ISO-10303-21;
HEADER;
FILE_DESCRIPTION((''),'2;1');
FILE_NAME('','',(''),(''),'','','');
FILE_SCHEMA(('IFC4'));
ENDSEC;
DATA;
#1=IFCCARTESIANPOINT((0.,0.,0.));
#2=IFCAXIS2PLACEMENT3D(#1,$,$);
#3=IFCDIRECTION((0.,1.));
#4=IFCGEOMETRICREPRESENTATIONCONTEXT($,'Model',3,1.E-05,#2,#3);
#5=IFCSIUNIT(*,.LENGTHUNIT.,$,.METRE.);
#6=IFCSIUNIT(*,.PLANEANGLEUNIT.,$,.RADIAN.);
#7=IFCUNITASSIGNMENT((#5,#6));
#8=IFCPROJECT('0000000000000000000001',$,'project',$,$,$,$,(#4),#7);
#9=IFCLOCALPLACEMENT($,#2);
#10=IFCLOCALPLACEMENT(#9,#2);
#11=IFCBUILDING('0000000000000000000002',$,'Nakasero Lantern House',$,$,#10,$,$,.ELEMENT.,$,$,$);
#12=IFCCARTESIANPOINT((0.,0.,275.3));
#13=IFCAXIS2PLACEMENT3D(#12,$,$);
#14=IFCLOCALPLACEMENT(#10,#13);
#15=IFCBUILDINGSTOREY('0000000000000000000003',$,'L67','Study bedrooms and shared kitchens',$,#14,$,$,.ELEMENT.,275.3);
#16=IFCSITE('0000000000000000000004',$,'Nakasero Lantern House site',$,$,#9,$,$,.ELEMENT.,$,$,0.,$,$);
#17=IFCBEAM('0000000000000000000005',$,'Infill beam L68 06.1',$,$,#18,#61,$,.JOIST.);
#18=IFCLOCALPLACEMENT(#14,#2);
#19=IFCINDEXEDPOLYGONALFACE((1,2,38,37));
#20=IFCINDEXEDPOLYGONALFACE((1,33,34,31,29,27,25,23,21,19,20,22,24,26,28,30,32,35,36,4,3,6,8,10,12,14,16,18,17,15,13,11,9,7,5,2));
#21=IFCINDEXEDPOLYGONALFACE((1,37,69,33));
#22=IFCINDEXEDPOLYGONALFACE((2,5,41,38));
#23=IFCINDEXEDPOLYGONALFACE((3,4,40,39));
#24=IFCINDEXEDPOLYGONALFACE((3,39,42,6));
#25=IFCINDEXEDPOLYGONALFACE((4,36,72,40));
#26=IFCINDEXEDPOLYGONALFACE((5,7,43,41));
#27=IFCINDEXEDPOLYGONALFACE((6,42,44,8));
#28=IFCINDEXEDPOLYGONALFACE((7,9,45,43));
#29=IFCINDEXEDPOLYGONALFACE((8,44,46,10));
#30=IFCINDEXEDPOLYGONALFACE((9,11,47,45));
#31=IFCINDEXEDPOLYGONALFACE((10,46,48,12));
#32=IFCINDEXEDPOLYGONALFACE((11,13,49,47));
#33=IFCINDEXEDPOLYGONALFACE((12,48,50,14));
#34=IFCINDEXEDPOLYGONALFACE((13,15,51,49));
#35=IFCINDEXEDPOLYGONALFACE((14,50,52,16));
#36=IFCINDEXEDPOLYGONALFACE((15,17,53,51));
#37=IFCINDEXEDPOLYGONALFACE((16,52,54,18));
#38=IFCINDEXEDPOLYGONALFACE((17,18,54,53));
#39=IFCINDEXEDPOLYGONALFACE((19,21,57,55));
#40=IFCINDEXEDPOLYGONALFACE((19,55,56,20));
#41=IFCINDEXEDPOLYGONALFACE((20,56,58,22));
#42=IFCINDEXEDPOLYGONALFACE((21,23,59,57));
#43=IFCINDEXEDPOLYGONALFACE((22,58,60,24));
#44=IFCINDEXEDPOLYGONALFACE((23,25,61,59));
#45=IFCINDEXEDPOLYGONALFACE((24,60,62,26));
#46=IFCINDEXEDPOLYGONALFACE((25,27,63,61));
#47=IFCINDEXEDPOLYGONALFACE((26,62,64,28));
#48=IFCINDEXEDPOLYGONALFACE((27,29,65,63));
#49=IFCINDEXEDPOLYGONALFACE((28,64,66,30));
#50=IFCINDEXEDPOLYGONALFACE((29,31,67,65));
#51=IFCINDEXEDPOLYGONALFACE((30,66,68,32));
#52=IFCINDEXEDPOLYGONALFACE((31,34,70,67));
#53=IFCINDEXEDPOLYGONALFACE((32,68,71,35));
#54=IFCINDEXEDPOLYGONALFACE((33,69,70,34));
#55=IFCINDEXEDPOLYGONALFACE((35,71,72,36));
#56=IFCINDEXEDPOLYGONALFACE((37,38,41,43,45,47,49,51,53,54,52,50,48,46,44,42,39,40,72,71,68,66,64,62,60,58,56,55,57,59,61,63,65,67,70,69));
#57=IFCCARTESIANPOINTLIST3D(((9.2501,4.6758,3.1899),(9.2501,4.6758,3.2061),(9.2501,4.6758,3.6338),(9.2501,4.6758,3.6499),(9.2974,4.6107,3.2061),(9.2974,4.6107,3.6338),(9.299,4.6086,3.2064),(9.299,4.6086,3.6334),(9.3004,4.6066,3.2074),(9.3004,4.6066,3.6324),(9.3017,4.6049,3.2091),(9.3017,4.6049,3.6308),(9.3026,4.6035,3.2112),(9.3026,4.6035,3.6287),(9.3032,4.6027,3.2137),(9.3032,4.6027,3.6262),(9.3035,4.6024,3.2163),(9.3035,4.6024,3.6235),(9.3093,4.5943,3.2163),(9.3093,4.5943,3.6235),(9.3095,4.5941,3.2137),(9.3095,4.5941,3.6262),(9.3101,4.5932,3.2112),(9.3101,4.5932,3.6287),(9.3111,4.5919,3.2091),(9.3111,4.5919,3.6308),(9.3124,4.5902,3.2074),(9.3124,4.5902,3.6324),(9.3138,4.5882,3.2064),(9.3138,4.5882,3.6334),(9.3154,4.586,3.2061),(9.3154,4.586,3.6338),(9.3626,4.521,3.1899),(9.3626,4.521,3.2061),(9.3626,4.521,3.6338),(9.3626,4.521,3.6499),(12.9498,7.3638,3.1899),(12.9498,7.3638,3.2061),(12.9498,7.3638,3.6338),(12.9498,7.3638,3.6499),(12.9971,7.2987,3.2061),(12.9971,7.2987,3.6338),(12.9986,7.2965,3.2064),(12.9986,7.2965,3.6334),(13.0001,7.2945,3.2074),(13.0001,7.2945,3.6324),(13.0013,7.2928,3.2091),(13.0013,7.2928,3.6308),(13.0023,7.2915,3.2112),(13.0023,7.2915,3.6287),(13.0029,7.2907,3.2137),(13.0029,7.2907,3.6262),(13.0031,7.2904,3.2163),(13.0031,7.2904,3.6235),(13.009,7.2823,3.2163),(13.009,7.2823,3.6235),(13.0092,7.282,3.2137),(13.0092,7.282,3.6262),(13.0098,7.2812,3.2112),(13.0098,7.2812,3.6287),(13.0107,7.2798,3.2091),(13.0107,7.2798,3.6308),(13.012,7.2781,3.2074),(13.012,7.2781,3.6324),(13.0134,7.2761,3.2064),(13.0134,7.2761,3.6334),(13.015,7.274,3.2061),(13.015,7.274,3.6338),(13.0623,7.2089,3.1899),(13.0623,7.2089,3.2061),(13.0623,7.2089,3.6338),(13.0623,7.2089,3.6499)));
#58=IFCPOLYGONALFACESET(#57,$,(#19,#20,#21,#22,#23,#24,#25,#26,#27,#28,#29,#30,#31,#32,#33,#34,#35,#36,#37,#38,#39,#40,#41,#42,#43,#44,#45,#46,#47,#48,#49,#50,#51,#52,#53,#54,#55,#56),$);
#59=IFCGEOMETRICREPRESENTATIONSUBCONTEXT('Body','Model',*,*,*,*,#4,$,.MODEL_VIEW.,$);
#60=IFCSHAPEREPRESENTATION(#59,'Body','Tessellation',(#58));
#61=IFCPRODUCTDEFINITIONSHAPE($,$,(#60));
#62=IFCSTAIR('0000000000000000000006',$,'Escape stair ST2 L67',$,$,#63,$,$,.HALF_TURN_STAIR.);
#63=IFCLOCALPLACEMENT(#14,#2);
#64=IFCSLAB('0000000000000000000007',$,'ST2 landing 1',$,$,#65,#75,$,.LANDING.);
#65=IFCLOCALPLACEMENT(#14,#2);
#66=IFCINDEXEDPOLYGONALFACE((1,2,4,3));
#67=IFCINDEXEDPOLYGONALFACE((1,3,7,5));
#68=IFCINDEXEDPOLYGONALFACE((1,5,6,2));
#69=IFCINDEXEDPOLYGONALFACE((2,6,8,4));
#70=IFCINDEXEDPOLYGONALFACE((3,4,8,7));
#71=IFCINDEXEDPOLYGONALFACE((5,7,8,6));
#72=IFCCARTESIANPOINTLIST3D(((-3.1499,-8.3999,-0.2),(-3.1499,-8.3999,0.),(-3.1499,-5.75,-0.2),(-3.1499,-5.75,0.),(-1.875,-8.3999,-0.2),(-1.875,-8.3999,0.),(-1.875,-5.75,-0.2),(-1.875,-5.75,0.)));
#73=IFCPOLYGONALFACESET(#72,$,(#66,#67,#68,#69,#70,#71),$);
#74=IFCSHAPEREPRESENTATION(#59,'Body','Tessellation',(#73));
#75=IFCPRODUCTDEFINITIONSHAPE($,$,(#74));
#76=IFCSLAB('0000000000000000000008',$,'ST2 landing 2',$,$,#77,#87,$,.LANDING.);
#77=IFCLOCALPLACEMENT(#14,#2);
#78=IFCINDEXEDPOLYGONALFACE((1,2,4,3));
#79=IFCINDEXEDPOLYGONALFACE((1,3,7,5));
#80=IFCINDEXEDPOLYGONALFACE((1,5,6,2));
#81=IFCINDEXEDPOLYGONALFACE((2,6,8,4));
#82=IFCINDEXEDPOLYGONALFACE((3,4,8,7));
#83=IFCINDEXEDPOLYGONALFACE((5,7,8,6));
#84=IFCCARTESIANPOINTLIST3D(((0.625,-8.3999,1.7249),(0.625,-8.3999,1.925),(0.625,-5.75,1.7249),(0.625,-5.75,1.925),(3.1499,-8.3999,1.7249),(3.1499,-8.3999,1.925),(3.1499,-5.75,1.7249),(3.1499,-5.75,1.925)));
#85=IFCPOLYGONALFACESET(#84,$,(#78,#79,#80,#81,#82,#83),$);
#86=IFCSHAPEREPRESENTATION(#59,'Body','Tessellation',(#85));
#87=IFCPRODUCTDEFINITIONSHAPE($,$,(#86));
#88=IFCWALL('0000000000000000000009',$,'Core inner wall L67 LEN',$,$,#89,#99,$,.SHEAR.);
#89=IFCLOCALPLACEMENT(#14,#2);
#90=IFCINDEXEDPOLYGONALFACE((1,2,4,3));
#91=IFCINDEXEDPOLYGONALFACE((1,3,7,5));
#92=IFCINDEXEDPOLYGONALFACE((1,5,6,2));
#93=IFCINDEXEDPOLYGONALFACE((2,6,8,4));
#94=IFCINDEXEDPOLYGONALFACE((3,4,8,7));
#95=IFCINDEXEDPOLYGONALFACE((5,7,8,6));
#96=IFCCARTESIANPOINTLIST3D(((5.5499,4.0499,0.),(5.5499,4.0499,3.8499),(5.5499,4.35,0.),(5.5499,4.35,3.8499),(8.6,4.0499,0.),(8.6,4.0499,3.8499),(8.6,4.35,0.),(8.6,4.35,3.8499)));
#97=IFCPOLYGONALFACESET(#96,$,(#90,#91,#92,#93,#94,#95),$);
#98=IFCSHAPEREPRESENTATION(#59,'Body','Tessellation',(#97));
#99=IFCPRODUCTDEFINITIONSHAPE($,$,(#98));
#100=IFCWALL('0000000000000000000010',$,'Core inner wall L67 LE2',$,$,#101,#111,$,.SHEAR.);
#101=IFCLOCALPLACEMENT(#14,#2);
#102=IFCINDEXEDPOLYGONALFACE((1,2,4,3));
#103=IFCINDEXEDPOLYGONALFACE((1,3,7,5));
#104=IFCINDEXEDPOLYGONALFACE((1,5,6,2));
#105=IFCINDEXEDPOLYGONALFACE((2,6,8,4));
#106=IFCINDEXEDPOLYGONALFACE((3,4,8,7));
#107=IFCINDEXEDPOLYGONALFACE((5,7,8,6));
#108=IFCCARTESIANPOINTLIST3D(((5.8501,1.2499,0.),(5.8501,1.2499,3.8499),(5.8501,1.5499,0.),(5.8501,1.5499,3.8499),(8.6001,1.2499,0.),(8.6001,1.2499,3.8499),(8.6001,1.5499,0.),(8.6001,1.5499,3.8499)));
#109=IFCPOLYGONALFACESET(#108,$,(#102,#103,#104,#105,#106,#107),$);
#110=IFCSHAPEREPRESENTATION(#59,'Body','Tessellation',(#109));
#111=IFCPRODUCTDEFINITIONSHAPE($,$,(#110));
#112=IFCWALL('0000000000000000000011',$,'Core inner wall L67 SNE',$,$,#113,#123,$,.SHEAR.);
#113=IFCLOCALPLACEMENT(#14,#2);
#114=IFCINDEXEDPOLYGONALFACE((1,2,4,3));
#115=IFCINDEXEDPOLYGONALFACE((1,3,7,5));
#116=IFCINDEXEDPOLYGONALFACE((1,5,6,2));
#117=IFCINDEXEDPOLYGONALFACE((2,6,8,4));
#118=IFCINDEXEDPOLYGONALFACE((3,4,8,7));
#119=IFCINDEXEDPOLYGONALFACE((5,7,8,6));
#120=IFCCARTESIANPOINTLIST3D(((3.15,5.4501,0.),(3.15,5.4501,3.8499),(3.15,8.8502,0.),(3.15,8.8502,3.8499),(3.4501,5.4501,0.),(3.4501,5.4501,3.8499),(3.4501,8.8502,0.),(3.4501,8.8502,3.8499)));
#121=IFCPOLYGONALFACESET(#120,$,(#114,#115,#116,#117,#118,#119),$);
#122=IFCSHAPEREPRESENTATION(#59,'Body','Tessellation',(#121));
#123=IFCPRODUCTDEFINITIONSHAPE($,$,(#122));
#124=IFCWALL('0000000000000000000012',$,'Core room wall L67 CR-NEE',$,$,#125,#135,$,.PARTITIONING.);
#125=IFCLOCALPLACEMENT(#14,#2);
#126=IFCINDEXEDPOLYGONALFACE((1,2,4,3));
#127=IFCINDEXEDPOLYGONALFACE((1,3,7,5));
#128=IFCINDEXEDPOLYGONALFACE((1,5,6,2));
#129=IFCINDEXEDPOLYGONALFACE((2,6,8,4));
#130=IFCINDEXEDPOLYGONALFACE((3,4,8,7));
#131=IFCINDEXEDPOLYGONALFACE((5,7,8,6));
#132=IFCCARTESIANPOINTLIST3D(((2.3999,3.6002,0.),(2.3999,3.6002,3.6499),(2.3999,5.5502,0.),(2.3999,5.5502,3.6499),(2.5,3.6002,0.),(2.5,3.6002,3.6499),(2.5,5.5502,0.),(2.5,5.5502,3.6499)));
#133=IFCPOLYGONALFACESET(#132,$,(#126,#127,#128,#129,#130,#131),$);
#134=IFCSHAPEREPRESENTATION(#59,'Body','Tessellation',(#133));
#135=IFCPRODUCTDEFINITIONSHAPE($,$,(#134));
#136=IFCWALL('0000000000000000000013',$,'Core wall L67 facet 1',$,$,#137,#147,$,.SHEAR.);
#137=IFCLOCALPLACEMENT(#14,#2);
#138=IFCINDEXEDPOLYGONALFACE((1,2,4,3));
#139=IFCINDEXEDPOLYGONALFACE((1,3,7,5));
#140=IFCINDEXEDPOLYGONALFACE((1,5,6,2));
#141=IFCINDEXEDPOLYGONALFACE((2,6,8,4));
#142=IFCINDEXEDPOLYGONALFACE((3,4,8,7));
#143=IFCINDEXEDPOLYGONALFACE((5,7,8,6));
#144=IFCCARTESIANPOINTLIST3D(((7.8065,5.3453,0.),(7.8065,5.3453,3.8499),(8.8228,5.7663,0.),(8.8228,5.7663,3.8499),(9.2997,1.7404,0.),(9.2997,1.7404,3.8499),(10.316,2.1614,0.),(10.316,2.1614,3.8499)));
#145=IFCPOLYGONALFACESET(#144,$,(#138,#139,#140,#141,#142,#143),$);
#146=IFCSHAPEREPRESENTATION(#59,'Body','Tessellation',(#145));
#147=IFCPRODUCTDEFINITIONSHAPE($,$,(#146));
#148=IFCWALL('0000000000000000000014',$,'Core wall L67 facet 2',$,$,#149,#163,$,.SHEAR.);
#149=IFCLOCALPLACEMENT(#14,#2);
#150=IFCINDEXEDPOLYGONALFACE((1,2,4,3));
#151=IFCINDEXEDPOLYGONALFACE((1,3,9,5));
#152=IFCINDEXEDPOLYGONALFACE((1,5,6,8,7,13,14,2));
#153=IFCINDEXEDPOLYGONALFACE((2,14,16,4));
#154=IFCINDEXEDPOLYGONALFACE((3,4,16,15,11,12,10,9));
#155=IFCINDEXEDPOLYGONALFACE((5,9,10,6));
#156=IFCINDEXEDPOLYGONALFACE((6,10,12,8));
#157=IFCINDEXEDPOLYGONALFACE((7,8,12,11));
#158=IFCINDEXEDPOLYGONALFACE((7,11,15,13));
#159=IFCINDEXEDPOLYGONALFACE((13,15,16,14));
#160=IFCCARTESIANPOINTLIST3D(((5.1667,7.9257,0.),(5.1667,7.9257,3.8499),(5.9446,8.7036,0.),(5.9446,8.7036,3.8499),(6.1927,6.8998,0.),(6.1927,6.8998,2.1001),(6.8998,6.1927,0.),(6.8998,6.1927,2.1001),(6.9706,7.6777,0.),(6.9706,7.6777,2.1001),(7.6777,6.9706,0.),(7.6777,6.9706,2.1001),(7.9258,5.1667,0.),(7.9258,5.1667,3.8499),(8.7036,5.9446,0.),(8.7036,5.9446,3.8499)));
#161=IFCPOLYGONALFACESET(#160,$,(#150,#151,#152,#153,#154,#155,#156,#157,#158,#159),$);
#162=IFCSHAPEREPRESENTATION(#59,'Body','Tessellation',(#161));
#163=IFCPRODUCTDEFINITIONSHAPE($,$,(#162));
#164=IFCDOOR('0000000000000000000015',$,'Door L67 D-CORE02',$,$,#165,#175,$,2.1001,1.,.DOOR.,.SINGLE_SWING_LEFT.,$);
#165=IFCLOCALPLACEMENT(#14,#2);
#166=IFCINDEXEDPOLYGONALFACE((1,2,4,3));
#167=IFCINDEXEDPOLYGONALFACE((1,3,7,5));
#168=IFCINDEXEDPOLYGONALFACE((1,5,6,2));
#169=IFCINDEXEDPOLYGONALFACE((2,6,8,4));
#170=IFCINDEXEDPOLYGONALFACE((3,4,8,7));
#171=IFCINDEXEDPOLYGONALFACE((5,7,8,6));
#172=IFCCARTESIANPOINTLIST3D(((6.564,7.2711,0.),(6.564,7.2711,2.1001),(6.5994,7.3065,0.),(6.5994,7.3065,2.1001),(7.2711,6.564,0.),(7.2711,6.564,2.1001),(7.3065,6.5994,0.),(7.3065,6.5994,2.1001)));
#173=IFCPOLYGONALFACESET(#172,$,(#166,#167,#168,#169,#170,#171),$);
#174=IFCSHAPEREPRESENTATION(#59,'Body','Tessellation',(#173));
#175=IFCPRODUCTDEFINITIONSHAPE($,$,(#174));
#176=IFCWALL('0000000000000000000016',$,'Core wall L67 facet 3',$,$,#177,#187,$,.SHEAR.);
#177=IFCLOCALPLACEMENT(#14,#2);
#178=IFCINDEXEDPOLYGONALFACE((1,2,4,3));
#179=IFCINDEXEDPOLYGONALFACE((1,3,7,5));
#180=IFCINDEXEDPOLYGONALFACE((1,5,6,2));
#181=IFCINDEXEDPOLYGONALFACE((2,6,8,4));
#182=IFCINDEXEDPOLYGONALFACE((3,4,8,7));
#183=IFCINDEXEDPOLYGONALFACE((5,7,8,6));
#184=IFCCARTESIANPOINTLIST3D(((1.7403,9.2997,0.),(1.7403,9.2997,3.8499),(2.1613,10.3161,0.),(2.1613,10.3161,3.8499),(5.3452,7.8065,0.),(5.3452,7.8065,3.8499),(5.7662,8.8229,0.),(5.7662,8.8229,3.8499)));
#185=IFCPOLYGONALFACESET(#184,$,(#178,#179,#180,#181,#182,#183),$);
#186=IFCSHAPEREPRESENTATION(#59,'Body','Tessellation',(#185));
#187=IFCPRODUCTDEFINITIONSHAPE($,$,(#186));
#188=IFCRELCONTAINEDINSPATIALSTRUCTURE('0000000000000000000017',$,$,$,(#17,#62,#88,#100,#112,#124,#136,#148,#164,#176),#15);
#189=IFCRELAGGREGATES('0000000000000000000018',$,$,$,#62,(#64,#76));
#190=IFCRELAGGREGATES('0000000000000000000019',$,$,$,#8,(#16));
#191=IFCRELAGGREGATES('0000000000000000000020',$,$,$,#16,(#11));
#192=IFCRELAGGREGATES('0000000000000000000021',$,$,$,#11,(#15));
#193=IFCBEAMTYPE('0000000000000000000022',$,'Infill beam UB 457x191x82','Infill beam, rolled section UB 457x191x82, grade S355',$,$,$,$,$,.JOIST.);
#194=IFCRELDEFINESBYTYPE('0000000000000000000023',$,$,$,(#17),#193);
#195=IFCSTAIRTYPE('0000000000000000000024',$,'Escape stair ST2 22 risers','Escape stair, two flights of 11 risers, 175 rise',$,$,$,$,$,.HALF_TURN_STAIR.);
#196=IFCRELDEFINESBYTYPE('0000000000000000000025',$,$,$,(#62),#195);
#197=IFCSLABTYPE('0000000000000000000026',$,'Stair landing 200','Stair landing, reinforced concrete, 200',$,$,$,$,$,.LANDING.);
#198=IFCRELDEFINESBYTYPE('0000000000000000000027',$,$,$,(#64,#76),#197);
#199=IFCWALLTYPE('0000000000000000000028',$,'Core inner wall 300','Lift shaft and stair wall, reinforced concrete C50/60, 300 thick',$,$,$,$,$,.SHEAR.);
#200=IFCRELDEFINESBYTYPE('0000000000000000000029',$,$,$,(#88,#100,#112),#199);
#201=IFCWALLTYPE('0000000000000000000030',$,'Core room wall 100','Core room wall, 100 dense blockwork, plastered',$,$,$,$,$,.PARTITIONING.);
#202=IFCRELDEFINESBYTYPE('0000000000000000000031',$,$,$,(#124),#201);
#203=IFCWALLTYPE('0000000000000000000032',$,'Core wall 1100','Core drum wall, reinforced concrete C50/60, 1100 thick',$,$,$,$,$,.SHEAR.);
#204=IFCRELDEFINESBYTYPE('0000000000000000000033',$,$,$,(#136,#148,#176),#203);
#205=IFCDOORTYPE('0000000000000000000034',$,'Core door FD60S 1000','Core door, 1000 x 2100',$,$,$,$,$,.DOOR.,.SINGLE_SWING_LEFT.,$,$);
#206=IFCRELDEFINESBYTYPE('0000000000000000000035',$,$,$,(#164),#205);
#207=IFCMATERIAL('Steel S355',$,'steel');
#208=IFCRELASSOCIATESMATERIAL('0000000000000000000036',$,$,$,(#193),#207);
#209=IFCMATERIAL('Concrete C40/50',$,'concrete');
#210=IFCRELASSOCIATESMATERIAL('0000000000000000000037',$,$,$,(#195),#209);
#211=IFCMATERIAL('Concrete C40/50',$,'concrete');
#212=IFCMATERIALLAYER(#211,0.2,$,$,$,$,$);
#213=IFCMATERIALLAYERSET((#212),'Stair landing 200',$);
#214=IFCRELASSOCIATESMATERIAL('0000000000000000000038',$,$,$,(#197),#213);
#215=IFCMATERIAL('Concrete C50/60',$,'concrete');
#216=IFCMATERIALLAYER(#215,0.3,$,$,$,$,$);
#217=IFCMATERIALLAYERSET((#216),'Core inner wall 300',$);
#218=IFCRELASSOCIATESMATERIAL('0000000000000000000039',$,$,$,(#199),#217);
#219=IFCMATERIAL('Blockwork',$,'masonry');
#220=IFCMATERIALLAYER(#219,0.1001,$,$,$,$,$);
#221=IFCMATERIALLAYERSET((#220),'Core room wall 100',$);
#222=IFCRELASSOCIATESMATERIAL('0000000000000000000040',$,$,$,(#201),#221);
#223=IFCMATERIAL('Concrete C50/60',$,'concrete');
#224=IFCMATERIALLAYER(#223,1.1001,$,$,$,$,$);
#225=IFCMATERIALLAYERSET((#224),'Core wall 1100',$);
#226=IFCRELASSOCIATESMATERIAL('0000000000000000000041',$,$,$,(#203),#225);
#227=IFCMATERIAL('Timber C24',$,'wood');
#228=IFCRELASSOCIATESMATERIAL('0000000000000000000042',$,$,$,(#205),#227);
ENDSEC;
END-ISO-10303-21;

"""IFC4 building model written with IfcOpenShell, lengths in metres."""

from ifc_helpers import new_model, si_unit, direction, frame, frame_2d, origin, origin_2d, place, context, subcontext, project, spatial, polyline, rectangle, i_section, outline, extrude, material, layer, layer_set, material_profile, profile_set, type_object, element, fill, aggregate, save


model = new_model("IFC4")

# Units and contexts
model_context = context("Model", 3, precision=1e-05, world=origin(), true_north=direction((0.0, 1.0)))
body_context = subcontext(model_context, "Body", "Model", "MODEL_VIEW")
ifc_project = project(units=[si_unit("LENGTHUNIT", "METRE"), si_unit("PLANEANGLEUNIT", "RADIAN")], contexts=[model_context])

# Site, building, storey
site_placement = place(None, origin())
site = spatial("IfcSite", under=ifc_project, at=site_placement, Name="Nakasero Lantern House site", CompositionType="ELEMENT", RefElevation=0.0)
building_placement = place(site_placement, origin())
building = spatial("IfcBuilding", under=site, at=building_placement, Name="Nakasero Lantern House", CompositionType="ELEMENT")
storey_placement = place(building_placement, frame((0.0, 0.0, 275.3)))
storey = spatial("IfcBuildingStorey", under=building, at=storey_placement, Name="L67", Description="Study bedrooms and shared kitchens", CompositionType="ELEMENT", Elevation=275.3)

# Beam
ifc_material_1 = material(Name="Steel S355", Category="steel")
ifc_material_profile = material_profile(ifc_material_1, i_section(OverallWidth=0.1914, OverallDepth=0.46, WebThickness=0.01, FlangeThickness=0.0161, FilletRadius=0.0103, at=origin_2d()), Name="UB 457x191x82")
ifc_profile_set = profile_set([ifc_material_profile], Name="Steel S355")
beam_type = type_object("IfcBeamType", Name="Infill beam UB 457x191x82", Description="Infill beam, rolled section UB 457x191x82, grade S355", PredefinedType="JOIST", material=ifc_profile_set)
beam_placement = place(storey_placement, frame((9.3064, 4.5984, 3.4199), z_axis=(0.809018, 0.587784, 0.0), x_axis=(-0.587784, 0.809018, 0.0)))
element("IfcBeam", 1, at=beam_placement, inside=storey, type_object=beam_type, Name="Infill beam L68 06.1", PredefinedType="JOIST", context=body_context, shape_type="SweptSolid", body=[
    extrude(i_section(OverallWidth=0.1914, OverallDepth=0.46, WebThickness=0.01, FlangeThickness=0.0161, FilletRadius=0.0103, at=origin_2d()), origin(), (0.0, 0.0, 1.0), 4.573),
])

# Stair, slabs
ifc_material_2 = material(Name="Concrete C40/50", Category="concrete")
stair_type_1 = type_object("IfcStairType", Name="Escape stair ST2 22 risers", Description="Escape stair, two flights of 11 risers, 175 rise", PredefinedType="HALF_TURN_STAIR", material=ifc_material_2)
stair_1_placement = place(storey_placement, origin())
stair_1 = element("IfcStair", 2, at=stair_1_placement, inside=storey, type_object=stair_type_1, Name="Escape stair ST2 L67", PredefinedType="HALF_TURN_STAIR")
ifc_material_3 = material(Name="Concrete C40/50", Category="concrete")
ifc_layer_1 = layer(ifc_material_3, 0.2)
ifc_layer_set_1 = layer_set([ifc_layer_1], Name="Stair landing 200")
slab_type = type_object("IfcSlabType", Name="Stair landing 200", Description="Stair landing, reinforced concrete, 200", PredefinedType="LANDING", material=ifc_layer_set_1)
slab_1_placement = place(storey_placement, frame((0.0, 0.0, -0.2)))
slab_1 = element("IfcSlab", 3, at=slab_1_placement, type_object=slab_type, Name="ST2 landing 1", PredefinedType="LANDING", context=body_context, shape_type="SweptSolid", body=[
    extrude(outline(polyline([(-3.1499, -8.3999), (-1.875, -8.3999), (-1.875, -5.75), (-3.1499, -5.75), (-3.1499, -8.3999)])), origin(), (0.0, 0.0, 1.0), 0.2),
])
slab_2_placement = place(storey_placement, frame((0.0, 0.0, 1.7249)))
slab_2 = element("IfcSlab", 4, at=slab_2_placement, type_object=slab_type, Name="ST2 landing 2", PredefinedType="LANDING", context=body_context, shape_type="SweptSolid", body=[
    extrude(outline(polyline([(0.625, -8.3999), (3.1499, -8.3999), (3.1499, -5.75), (0.625, -5.75), (0.625, -8.3999)])), origin(), (0.0, 0.0, 1.0), 0.2002),
])
aggregate(stair_1, [slab_1, slab_2])

# Walls
ifc_material_4 = material(Name="Concrete C50/60", Category="concrete")
ifc_layer_2 = layer(ifc_material_4, 0.3)
ifc_layer_set_2 = layer_set([ifc_layer_2], Name="Core inner wall 300")
wall_type_1 = type_object("IfcWallType", Name="Core inner wall 300", Description="Lift shaft and stair wall, reinforced concrete C50/60, 300 thick", PredefinedType="SHEAR", material=ifc_layer_set_2)
wall_1_placement = place(storey_placement, frame((5.55, 4.2, 0.0), z_axis=(0.0, 0.0, 1.0), x_axis=(1.0, 0.0, 0.0)))
element("IfcWall", 5, at=wall_1_placement, inside=storey, type_object=wall_type_1, Name="Core inner wall L67 LEN", PredefinedType="SHEAR", context=body_context, shape_type="SweptSolid", body=[
    extrude(rectangle(XDim=3.05, YDim=0.3, at=frame_2d((1.5249, 0.0))), origin(), (0.0, 0.0, 1.0), 3.8499),
])
wall_2_placement = place(storey_placement, frame((5.8501, 1.3999, 0.0), z_axis=(0.0, 0.0, 1.0), x_axis=(1.0, 0.0, 0.0)))
element("IfcWall", 6, at=wall_2_placement, inside=storey, type_object=wall_type_1, Name="Core inner wall L67 LE2", PredefinedType="SHEAR", context=body_context, shape_type="SweptSolid", body=[
    extrude(rectangle(XDim=2.75, YDim=0.3, at=frame_2d((1.375, 0.0))), origin(), (0.0, 0.0, 1.0), 3.8499),
])
wall_3_placement = place(storey_placement, frame((3.3, 5.45, 0.0), z_axis=(0.0, 0.0, 1.0), x_axis=(0.0, 1.0, 0.0)))
element("IfcWall", 7, at=wall_3_placement, inside=storey, type_object=wall_type_1, Name="Core inner wall L67 SNE", PredefinedType="SHEAR", context=body_context, shape_type="SweptSolid", body=[
    extrude(rectangle(XDim=3.4001, YDim=0.3, at=frame_2d((1.7002, 0.0))), origin(), (0.0, 0.0, 1.0), 3.8499),
])
ifc_material_5 = material(Name="Blockwork", Category="masonry")
ifc_layer_3 = layer(ifc_material_5, 0.1001)
ifc_layer_set_3 = layer_set([ifc_layer_3], Name="Core room wall 100")
wall_type_2 = type_object("IfcWallType", Name="Core room wall 100", Description="Core room wall, 100 dense blockwork, plastered", PredefinedType="PARTITIONING", material=ifc_layer_set_3)
wall_4_placement = place(storey_placement, frame((2.45, 3.6001, 0.0), z_axis=(0.0, 0.0, 1.0), x_axis=(0.0, 1.0, 0.0)))
element("IfcWall", 8, at=wall_4_placement, inside=storey, type_object=wall_type_2, Name="Core room wall L67 CR-NEE", PredefinedType="PARTITIONING", context=body_context, shape_type="SweptSolid", body=[
    extrude(rectangle(XDim=1.95, YDim=0.1001, at=frame_2d((0.9751, 0.0))), origin(), (0.0, 0.0, 1.0), 3.6499),
])
ifc_material_6 = material(Name="Concrete C50/60", Category="concrete")
ifc_layer_4 = layer(ifc_material_6, 1.1001)
ifc_layer_set_4 = layer_set([ifc_layer_4], Name="Core wall 1100")
wall_type_3 = type_object("IfcWallType", Name="Core wall 1100", Description="Core drum wall, reinforced concrete C50/60, 1100 thick", PredefinedType="SHEAR", material=ifc_layer_set_4)
wall_5_placement = place(storey_placement, frame((9.8079, 1.9509, 0.0), z_axis=(0.0, 0.0, 1.0), x_axis=(-0.382691, 0.923877, 0.0)))
element("IfcWall", 9, at=wall_5_placement, inside=storey, type_object=wall_type_3, Name="Core wall L67 facet 1", PredefinedType="SHEAR", context=body_context, shape_type="SweptSolid", body=[
    extrude(rectangle(XDim=3.9019, YDim=1.1001, at=frame_2d((1.9509, 0.0))), origin(), (0.0, 0.0, 1.0), 3.8499),
])

# Wall, opening, door
wall_6_placement = place(storey_placement, frame((8.3147, 5.5557, 0.0), z_axis=(0.0, 0.0, 1.0), x_axis=(-0.707107, 0.707107, 0.0)))
wall_6 = element("IfcWall", 10, at=wall_6_placement, inside=storey, type_object=wall_type_3, Name="Core wall L67 facet 2", PredefinedType="SHEAR", context=body_context, shape_type="SweptSolid", body=[
    extrude(rectangle(XDim=3.9019, YDim=1.1001, at=frame_2d((1.9509, 0.0))), origin(), (0.0, 0.0, 1.0), 3.8499),
])
opening_1_placement = place(wall_6_placement, frame((1.4509, 0.0, 0.0)))
opening_1 = element("IfcOpeningElement", 11, at=opening_1_placement, cuts=wall_6, PredefinedType="OPENING", context=body_context, shape_type="SweptSolid", body=[
    extrude(rectangle(XDim=1.0, YDim=2.1001, at=frame_2d((0.5, 1.05))), frame((0.0, 0.5701, 0.0), z_axis=(0.0, -1.0, 0.0), x_axis=(1.0, 0.0, 0.0)), (0.0, 0.0, 1.0), 1.1401),
])
ifc_material_7 = material(Name="Timber C24", Category="wood")
door_type_1 = type_object("IfcDoorType", Name="Core door FD60S 1000", Description="Core door, 1000 x 2100", OperationType="SINGLE_SWING_LEFT", PredefinedType="DOOR", material=ifc_material_7)
door_1_placement = place(opening_1_placement, origin())
door_1 = element("IfcDoor", 12, at=door_1_placement, inside=storey, type_object=door_type_1, Name="Door L67 D-CORE02", OperationType="SINGLE_SWING_LEFT", OverallHeight=2.1001, OverallWidth=1.0, PredefinedType="DOOR", context=body_context, shape_type="SweptSolid", body=[
    extrude(rectangle(XDim=1.0, YDim=2.1001, at=frame_2d((0.5, 1.05))), frame((0.0, 0.0249, 0.0), z_axis=(0.0, -1.0, 0.0), x_axis=(1.0, 0.0, 0.0)), (0.0, 0.0, 1.0), 0.05),
])
fill(opening_1, door_1)

# Wall
wall_7_placement = place(storey_placement, frame((5.5557, 8.3147, 0.0), z_axis=(0.0, 0.0, 1.0), x_axis=(-0.923877, 0.382691, 0.0)))
element("IfcWall", 13, at=wall_7_placement, inside=storey, type_object=wall_type_3, Name="Core wall L67 facet 3", PredefinedType="SHEAR", context=body_context, shape_type="SweptSolid", body=[
    extrude(rectangle(XDim=3.9019, YDim=1.1001, at=frame_2d((1.9509, 0.0))), origin(), (0.0, 0.0, 1.0), 3.8499),
])

save(model, "model.ifc")
